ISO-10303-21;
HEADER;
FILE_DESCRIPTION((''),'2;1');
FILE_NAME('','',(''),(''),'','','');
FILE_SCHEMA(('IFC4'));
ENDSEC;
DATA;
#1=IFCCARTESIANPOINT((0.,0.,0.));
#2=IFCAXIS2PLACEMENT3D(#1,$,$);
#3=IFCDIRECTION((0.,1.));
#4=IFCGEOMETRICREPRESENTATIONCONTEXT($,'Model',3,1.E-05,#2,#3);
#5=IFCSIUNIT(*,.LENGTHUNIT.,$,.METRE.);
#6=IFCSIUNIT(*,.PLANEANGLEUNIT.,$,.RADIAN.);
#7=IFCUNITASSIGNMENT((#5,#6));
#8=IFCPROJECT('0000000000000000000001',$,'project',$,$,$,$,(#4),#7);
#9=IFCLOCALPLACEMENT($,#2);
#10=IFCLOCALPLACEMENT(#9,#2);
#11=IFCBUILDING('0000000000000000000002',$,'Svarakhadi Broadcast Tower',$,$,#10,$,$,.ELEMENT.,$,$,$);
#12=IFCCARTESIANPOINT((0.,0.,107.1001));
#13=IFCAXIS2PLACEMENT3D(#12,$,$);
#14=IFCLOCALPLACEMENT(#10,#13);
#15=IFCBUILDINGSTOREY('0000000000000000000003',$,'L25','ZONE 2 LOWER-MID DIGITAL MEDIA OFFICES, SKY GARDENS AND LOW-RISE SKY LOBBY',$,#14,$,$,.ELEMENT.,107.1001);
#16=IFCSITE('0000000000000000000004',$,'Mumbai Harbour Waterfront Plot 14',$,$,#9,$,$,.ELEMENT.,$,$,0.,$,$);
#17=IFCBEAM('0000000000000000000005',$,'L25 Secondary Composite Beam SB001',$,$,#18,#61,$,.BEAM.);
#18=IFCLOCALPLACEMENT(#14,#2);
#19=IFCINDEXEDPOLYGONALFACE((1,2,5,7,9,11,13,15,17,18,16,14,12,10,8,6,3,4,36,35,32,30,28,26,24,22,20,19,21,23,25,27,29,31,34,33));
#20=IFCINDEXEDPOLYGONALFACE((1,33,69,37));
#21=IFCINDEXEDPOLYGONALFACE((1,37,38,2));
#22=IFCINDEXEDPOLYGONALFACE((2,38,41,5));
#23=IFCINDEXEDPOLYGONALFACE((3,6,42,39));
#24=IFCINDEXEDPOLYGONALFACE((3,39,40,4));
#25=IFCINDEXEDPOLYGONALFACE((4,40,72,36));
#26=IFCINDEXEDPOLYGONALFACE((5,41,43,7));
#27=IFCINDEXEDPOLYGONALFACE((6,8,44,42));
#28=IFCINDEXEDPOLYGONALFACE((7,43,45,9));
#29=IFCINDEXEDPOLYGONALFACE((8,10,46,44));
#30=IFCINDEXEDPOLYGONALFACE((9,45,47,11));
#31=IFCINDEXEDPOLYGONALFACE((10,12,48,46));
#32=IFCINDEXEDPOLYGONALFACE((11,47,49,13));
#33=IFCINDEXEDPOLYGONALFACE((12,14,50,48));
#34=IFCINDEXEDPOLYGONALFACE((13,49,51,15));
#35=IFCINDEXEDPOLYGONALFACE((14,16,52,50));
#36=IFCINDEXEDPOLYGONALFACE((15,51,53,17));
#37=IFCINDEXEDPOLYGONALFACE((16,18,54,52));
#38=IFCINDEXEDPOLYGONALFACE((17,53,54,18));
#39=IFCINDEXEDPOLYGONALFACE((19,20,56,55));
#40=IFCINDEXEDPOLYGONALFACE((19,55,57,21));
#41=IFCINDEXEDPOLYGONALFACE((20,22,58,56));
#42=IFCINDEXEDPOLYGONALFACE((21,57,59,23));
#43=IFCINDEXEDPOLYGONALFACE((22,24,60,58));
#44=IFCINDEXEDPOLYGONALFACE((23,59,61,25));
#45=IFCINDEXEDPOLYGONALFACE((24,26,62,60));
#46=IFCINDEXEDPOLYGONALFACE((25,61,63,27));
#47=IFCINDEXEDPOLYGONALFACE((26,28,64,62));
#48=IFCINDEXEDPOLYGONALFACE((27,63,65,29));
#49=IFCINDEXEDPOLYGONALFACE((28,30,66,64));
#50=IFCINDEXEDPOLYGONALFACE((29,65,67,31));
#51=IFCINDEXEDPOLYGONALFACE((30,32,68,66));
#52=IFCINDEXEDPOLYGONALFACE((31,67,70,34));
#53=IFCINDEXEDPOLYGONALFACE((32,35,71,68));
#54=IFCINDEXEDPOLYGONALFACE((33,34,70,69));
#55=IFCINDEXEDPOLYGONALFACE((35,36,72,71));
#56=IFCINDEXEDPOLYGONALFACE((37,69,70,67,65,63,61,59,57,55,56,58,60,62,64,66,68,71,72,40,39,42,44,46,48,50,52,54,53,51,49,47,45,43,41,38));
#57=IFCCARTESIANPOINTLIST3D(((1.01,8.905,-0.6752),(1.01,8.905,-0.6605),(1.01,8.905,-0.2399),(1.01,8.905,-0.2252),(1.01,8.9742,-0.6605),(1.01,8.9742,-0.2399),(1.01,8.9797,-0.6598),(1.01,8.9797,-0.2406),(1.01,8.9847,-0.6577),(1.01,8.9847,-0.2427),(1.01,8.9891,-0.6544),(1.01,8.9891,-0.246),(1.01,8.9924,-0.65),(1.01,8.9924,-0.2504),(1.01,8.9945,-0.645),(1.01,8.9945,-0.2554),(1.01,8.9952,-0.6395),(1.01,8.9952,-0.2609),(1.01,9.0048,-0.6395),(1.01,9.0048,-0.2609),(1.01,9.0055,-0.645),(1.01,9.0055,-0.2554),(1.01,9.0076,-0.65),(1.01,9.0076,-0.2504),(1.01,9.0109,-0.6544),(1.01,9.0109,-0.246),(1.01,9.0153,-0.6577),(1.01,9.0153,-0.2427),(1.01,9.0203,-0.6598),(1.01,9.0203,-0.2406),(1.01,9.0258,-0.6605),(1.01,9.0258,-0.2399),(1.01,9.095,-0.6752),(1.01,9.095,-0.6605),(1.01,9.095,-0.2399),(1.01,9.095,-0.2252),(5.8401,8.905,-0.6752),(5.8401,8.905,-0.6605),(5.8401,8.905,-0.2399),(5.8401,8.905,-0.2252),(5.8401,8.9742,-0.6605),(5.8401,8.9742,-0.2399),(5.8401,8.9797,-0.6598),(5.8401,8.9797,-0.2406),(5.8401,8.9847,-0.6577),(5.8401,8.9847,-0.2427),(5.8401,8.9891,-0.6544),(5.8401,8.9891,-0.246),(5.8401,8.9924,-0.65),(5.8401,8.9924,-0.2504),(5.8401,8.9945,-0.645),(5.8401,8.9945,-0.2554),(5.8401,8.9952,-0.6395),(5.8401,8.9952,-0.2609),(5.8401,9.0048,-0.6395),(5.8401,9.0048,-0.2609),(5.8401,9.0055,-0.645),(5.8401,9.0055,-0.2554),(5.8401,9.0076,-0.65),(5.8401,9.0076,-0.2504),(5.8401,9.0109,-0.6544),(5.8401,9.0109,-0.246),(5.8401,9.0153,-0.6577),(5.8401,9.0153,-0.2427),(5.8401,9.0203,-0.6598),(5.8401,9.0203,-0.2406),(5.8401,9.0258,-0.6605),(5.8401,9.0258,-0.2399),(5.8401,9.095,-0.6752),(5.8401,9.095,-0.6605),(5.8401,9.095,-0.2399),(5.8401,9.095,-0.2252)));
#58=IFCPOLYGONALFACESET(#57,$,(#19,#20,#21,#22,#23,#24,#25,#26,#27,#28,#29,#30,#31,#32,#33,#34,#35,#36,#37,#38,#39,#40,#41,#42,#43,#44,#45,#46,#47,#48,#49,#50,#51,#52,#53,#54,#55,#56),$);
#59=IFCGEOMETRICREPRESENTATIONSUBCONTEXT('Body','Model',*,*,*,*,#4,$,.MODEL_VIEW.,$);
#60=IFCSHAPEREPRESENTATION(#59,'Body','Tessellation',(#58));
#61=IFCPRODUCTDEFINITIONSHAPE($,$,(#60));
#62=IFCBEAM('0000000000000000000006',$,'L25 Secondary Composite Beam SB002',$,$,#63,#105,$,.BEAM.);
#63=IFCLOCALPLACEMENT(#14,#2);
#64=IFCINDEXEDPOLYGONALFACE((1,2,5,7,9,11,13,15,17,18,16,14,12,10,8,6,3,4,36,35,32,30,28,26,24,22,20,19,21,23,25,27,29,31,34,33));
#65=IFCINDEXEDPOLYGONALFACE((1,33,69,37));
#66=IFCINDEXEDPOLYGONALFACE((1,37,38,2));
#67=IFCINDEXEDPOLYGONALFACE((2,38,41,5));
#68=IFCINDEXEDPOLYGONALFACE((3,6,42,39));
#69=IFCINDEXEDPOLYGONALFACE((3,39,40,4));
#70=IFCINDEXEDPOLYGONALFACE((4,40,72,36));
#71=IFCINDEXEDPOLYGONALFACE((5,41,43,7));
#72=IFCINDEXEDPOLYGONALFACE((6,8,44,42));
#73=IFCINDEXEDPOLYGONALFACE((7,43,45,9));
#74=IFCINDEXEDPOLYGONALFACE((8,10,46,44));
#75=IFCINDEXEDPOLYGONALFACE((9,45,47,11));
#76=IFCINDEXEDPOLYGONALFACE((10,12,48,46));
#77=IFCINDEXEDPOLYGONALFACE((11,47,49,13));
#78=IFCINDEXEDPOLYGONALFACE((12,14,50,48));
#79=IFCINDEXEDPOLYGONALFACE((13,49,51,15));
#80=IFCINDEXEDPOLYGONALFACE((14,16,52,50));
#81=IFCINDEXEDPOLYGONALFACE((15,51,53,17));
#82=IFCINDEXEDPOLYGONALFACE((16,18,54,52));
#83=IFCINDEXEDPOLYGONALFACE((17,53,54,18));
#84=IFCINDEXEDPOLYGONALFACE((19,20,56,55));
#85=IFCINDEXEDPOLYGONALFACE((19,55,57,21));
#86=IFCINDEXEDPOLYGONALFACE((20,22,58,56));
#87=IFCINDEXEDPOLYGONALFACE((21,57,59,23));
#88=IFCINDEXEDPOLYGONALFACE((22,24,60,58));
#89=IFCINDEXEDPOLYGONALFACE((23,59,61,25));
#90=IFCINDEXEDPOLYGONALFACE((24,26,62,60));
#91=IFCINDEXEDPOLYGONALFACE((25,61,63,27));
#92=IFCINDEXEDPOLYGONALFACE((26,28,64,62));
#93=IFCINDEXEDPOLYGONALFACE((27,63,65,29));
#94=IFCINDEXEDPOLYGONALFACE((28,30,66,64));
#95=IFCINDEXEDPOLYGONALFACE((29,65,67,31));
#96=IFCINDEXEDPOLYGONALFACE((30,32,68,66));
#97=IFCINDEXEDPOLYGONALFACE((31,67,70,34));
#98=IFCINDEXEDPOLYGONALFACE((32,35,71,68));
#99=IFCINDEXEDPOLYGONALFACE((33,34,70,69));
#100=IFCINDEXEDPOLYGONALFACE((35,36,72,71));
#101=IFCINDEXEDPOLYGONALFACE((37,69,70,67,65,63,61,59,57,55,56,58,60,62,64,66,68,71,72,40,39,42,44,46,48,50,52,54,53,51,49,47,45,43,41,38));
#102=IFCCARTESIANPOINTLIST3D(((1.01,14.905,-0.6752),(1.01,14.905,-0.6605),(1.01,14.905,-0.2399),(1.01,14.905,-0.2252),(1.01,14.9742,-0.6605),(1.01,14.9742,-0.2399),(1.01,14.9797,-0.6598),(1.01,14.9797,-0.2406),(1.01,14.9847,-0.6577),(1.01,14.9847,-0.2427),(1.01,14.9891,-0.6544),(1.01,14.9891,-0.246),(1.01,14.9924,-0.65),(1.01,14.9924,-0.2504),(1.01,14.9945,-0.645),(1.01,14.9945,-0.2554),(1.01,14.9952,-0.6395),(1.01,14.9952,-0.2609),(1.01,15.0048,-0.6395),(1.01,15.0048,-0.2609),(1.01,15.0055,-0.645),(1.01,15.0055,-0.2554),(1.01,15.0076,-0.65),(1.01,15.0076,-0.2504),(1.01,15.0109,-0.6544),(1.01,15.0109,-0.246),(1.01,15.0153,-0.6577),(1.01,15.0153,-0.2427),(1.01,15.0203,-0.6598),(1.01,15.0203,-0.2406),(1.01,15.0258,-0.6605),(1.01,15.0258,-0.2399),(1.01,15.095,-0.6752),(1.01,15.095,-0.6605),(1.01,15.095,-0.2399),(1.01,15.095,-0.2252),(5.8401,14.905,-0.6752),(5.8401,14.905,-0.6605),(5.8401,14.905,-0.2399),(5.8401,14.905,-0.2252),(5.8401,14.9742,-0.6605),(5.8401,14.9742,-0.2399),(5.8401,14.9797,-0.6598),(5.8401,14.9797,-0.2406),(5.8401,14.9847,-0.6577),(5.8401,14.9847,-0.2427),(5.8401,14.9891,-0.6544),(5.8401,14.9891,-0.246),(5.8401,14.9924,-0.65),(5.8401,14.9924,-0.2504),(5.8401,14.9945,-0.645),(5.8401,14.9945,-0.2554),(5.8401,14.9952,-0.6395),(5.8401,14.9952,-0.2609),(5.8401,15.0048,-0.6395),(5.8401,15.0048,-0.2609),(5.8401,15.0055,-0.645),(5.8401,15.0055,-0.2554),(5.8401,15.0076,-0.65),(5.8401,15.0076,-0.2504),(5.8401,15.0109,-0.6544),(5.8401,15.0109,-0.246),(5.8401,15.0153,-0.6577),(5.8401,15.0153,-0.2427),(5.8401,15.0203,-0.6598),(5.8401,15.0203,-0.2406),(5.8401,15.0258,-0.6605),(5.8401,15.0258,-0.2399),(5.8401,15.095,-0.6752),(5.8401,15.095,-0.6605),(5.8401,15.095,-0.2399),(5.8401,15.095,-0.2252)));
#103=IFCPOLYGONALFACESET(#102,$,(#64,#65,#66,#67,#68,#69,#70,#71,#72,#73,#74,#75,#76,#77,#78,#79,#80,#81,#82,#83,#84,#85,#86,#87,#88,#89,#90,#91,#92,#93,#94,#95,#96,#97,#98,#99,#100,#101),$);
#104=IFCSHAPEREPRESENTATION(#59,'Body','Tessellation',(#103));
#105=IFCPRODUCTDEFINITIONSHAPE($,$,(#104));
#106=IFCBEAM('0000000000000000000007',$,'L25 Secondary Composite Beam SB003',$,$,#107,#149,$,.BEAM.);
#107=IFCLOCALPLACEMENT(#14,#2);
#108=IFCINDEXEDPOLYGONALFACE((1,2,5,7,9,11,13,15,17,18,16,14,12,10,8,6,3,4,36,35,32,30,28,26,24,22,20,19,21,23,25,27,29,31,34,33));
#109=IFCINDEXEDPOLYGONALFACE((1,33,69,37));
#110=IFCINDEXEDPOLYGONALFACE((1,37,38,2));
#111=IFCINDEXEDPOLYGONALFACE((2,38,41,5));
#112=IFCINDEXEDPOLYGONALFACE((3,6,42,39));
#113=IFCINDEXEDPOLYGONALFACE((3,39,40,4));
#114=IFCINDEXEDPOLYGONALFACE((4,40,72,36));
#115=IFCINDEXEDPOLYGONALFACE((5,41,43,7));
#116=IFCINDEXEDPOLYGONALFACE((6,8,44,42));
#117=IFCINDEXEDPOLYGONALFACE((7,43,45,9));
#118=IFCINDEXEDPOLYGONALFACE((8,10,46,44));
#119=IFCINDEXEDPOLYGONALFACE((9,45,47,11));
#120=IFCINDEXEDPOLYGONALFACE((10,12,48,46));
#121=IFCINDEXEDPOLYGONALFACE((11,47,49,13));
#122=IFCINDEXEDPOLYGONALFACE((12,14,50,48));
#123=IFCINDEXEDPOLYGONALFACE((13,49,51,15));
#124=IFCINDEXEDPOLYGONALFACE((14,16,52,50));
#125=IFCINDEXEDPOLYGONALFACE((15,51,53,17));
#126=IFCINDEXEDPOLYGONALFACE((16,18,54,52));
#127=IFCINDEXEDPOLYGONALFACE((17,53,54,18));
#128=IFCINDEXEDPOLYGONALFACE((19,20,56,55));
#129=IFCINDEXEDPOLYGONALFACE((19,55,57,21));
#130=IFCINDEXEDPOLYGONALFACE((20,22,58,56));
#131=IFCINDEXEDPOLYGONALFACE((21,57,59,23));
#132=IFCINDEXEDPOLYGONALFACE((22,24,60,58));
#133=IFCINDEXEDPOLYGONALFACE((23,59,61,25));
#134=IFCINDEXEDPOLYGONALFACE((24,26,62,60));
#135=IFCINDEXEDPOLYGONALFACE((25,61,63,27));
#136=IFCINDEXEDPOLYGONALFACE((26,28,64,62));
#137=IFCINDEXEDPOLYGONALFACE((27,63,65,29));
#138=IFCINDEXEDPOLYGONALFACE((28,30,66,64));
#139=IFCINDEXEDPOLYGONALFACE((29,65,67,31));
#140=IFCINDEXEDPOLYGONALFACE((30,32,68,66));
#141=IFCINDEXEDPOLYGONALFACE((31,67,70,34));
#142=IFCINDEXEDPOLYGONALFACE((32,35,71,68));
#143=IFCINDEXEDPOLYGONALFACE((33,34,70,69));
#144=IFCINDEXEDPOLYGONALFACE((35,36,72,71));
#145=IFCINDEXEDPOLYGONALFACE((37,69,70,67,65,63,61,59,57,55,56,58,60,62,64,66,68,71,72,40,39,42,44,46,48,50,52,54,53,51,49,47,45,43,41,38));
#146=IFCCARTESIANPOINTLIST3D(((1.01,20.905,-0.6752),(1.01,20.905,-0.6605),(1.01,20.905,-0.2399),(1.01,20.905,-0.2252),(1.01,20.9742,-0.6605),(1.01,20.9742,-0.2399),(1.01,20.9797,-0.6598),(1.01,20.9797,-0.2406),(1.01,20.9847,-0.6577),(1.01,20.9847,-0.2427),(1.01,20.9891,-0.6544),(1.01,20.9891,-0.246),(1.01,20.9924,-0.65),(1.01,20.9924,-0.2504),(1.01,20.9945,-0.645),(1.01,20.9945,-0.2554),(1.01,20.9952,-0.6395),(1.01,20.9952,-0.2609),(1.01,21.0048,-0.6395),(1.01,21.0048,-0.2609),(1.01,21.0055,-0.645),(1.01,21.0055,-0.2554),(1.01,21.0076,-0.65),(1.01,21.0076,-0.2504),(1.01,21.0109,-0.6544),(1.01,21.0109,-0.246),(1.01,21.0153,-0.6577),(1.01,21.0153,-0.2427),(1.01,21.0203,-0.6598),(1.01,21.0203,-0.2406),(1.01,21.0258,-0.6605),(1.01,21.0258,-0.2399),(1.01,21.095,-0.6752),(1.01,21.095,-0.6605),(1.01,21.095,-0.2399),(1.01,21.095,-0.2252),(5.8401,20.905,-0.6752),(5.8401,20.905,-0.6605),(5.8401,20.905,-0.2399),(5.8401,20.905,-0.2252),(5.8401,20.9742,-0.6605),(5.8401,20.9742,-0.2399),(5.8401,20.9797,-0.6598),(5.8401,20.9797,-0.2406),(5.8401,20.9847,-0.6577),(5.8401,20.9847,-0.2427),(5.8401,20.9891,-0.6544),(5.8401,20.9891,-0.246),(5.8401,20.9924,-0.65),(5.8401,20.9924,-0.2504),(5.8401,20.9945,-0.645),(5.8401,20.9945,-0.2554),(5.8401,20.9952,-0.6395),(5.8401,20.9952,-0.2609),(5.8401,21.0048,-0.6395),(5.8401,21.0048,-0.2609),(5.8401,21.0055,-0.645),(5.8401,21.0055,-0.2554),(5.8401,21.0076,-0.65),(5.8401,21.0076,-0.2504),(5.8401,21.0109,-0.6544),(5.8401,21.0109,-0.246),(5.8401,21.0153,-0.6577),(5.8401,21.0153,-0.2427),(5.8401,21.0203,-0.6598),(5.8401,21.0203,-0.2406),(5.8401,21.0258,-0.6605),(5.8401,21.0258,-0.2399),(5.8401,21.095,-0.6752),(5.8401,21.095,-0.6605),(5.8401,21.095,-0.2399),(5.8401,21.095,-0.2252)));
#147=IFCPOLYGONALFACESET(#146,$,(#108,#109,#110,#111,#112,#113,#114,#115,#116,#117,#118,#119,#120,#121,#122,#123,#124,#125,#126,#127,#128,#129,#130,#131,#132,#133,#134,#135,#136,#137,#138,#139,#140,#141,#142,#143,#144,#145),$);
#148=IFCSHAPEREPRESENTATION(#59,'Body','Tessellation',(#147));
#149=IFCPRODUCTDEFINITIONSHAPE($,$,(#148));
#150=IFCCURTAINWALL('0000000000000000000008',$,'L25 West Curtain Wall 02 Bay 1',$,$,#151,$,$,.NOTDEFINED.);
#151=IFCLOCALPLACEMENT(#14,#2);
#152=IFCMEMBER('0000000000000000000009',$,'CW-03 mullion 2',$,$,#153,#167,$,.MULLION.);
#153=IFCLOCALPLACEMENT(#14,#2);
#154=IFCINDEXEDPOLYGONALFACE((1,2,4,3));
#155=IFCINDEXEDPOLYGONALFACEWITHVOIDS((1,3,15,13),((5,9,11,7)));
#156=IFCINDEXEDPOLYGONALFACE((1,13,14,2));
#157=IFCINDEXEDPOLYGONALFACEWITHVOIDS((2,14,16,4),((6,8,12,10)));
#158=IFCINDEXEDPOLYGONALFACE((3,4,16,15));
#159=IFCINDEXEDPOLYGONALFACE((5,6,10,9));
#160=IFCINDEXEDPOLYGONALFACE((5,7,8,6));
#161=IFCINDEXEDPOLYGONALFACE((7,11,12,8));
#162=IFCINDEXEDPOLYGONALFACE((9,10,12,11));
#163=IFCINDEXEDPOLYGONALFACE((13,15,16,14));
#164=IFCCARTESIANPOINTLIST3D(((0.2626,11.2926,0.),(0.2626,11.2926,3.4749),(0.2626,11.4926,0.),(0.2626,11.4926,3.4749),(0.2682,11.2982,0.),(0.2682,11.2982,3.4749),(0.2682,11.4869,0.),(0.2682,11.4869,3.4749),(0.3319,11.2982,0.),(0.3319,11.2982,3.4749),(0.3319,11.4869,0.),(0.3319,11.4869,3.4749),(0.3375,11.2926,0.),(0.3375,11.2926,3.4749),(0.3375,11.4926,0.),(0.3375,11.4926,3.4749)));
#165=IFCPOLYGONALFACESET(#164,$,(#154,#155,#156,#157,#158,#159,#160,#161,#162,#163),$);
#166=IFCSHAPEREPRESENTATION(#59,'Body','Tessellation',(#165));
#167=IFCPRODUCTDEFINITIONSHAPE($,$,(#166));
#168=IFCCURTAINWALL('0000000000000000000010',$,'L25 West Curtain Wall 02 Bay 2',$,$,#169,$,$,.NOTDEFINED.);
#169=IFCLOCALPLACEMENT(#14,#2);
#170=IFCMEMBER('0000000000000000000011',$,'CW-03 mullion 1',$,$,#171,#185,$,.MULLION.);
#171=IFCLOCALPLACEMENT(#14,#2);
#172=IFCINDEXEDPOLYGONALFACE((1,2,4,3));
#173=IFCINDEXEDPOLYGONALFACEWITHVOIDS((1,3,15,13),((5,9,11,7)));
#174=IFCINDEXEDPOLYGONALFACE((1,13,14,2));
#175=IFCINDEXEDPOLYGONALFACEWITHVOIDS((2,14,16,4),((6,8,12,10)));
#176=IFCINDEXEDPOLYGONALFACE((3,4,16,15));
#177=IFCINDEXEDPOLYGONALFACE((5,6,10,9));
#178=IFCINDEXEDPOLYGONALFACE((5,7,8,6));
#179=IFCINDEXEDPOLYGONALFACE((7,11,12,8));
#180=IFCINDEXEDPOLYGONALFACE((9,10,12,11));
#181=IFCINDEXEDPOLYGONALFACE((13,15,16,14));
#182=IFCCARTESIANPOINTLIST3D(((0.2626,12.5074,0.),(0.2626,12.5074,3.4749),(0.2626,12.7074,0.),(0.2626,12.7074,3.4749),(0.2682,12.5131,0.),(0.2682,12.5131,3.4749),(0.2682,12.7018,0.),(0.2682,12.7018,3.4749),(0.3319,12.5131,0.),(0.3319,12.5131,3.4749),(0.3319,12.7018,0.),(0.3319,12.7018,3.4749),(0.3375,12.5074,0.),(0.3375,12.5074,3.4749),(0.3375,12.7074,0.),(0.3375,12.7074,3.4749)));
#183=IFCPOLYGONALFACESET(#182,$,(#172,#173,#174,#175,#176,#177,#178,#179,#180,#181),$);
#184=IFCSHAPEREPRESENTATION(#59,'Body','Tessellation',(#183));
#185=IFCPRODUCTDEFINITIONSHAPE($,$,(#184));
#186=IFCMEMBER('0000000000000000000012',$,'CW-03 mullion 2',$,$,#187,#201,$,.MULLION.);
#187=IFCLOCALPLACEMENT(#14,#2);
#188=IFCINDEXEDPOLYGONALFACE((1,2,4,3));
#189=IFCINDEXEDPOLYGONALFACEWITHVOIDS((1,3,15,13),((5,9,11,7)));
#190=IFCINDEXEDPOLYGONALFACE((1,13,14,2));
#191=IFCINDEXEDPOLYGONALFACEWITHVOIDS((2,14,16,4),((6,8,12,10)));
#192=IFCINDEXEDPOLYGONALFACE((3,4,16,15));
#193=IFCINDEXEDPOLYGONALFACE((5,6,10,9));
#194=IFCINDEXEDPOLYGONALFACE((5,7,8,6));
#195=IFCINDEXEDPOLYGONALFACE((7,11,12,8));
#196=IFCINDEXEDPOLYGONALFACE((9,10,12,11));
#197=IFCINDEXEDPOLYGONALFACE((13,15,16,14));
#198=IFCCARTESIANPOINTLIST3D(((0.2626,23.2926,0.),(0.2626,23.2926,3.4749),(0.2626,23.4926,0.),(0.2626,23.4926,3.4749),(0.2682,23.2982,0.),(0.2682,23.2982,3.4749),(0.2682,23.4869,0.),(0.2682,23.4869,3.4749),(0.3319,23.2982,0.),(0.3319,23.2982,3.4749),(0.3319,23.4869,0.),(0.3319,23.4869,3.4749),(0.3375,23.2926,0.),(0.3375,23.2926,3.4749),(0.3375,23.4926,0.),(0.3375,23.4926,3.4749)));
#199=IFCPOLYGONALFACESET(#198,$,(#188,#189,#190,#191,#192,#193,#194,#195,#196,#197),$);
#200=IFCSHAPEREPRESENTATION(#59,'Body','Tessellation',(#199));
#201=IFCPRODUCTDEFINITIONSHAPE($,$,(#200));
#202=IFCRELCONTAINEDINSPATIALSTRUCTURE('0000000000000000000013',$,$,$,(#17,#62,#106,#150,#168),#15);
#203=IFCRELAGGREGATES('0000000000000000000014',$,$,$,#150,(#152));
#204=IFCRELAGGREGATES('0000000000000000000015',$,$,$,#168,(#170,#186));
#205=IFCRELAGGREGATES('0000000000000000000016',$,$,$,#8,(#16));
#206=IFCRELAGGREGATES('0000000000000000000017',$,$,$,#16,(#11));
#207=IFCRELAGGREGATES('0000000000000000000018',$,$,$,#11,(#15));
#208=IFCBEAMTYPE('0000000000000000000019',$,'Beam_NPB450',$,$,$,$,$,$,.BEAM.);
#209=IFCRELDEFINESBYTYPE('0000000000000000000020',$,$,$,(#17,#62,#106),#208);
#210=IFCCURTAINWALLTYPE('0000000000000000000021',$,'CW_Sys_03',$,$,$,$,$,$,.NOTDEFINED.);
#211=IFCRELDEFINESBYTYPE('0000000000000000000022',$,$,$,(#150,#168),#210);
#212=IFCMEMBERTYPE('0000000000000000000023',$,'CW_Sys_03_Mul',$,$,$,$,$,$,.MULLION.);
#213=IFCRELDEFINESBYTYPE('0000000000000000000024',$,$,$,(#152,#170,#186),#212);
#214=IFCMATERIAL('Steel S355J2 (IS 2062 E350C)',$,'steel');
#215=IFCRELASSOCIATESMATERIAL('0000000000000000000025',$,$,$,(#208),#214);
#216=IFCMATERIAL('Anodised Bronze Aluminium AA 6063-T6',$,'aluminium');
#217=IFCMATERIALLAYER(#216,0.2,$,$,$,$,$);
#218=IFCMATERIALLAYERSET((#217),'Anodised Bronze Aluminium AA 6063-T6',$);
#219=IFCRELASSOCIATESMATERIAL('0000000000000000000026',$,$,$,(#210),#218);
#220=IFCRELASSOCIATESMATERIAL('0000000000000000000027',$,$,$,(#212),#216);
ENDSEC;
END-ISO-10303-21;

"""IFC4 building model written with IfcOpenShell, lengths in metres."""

from ifc_helpers import new_model, si_unit, direction, frame, origin, origin_2d, place, context, subcontext, project, spatial, hollow_rectangle, i_section, extrude, material, layer, layer_set, material_profile, profile_set, type_object, element, aggregate, save


model = new_model("IFC4")

# Units and contexts
model_context = context("Model", 3, precision=1e-05, world=origin(), true_north=direction((0.0, 1.0)))
body_context = subcontext(model_context, "Body", "Model", "MODEL_VIEW")
ifc_project = project(units=[si_unit("LENGTHUNIT", "METRE"), si_unit("PLANEANGLEUNIT", "RADIAN")], contexts=[model_context])

# Site, building, storey
site_placement = place(None, origin())
site = spatial("IfcSite", under=ifc_project, at=site_placement, Name="Mumbai Harbour Waterfront Plot 14", CompositionType="ELEMENT", RefElevation=0.0)
building_placement = place(site_placement, origin())
building = spatial("IfcBuilding", under=site, at=building_placement, Name="Svarakhadi Broadcast Tower", CompositionType="ELEMENT")
storey_placement = place(building_placement, frame((0.0, 0.0, 107.1001)))
storey = spatial("IfcBuildingStorey", under=building, at=storey_placement, Name="L25", Description="ZONE 2 LOWER-MID DIGITAL MEDIA OFFICES, SKY GARDENS AND LOW-RISE SKY LOBBY", CompositionType="ELEMENT", Elevation=107.1001)

# Beams
ifc_material_1 = material(Name="Steel S355J2 (IS 2062 E350C)", Category="steel")
ifc_material_profile_1 = material_profile(ifc_material_1, i_section(OverallWidth=0.1899, OverallDepth=0.45, WebThickness=0.0095, FlangeThickness=0.0146, FilletRadius=0.021, at=origin_2d()), Name="NPB 450x190x78")
ifc_profile_set_1 = profile_set([ifc_material_profile_1], Name="Steel S355J2 (IS 2062 E350C)")
beam_type_1 = type_object("IfcBeamType", Name="Beam_NPB450", PredefinedType="BEAM", material=ifc_profile_set_1)
for number, where, z_axis, x_axis, name in (
    (1, (1.01, 9.0, -0.4502), (1.0, 0.0, 0.0), (0.0, 1.0, 0.0), "L25 Secondary Composite Beam SB001"),
    (2, (1.01, 15.0, -0.4502), (1.0, 0.0, 0.0), (0.0, 1.0, 0.0), "L25 Secondary Composite Beam SB002"),
    (3, (1.01, 21.0, -0.4502), (1.0, 0.0, 0.0), (0.0, 1.0, 0.0), "L25 Secondary Composite Beam SB003"),
):
    element("IfcBeam", number, at=place(storey_placement, frame(where, z_axis=z_axis, x_axis=x_axis)), inside=storey, type_object=beam_type_1, Name=name, PredefinedType="BEAM", context=body_context, shape_type="SweptSolid", body=[
        extrude(i_section(OverallWidth=0.1899, OverallDepth=0.45, WebThickness=0.0095, FlangeThickness=0.0146, FilletRadius=0.021, at=origin_2d()), origin(), (0.0, 0.0, 1.0), 4.8301),
    ])

# Curtain wall, member
ifc_material_2 = material(Name="Anodised Bronze Aluminium AA 6063-T6", Category="aluminium")
ifc_layer_1 = layer(ifc_material_2, 0.2)
ifc_layer_set_1 = layer_set([ifc_layer_1], Name="Anodised Bronze Aluminium AA 6063-T6")
curtain_wall_type = type_object("IfcCurtainWallType", Name="CW_Sys_03", PredefinedType="NOTDEFINED", material=ifc_layer_set_1)
curtain_wall_1_placement = place(storey_placement, origin())
curtain_wall_1 = element("IfcCurtainWall", 4, at=curtain_wall_1_placement, inside=storey, type_object=curtain_wall_type, Name="L25 West Curtain Wall 02 Bay 1", PredefinedType="NOTDEFINED")
ifc_material_profile_2 = material_profile(ifc_material_2, hollow_rectangle(XDim=0.075, YDim=0.2, WallThickness=0.0056, at=origin_2d()), Name="ALU MULLION 200x75x6")
ifc_profile_set_2 = profile_set([ifc_material_profile_2], Name="Anodised Bronze Aluminium AA 6063-T6")
member_type_1 = type_object("IfcMemberType", Name="CW_Sys_03_Mul", PredefinedType="MULLION", material=ifc_profile_set_2)
member_1_placement = place(storey_placement, frame((0.3, 11.3926, 0.0), z_axis=(0.0, 0.0, 1.0), x_axis=(-1.0, 0.0, 0.0)))
member_1 = element("IfcMember", 5, at=member_1_placement, type_object=member_type_1, Name="CW-03 mullion 2", PredefinedType="MULLION", context=body_context, shape_type="SweptSolid", body=[
    extrude(hollow_rectangle(XDim=0.075, YDim=0.2, WallThickness=0.0056, at=origin_2d()), origin(), (0.0, 0.0, 1.0), 3.4749),
])
aggregate(curtain_wall_1, [member_1])

# Curtain wall, members
curtain_wall_2_placement = place(storey_placement, origin())
curtain_wall_2 = element("IfcCurtainWall", 6, at=curtain_wall_2_placement, inside=storey, type_object=curtain_wall_type, Name="L25 West Curtain Wall 02 Bay 2", PredefinedType="NOTDEFINED")
member_2_placement = place(storey_placement, frame((0.3, 12.6074, 0.0), z_axis=(0.0, 0.0, 1.0), x_axis=(-1.0, 0.0, 0.0)))
member_2 = element("IfcMember", 7, at=member_2_placement, type_object=member_type_1, Name="CW-03 mullion 1", PredefinedType="MULLION", context=body_context, shape_type="SweptSolid", body=[
    extrude(hollow_rectangle(XDim=0.075, YDim=0.2, WallThickness=0.0056, at=origin_2d()), origin(), (0.0, 0.0, 1.0), 3.4749),
])
member_3_placement = place(storey_placement, frame((0.3, 23.3926, 0.0), z_axis=(0.0, 0.0, 1.0), x_axis=(-1.0, 0.0, 0.0)))
member_3 = element("IfcMember", 8, at=member_3_placement, type_object=member_type_1, Name="CW-03 mullion 2", PredefinedType="MULLION", context=body_context, shape_type="SweptSolid", body=[
    extrude(hollow_rectangle(XDim=0.075, YDim=0.2, WallThickness=0.0056, at=origin_2d()), origin(), (0.0, 0.0, 1.0), 3.4749),
])

aggregate(curtain_wall_2, [member_2, member_3])

save(model, "model.ifc")
